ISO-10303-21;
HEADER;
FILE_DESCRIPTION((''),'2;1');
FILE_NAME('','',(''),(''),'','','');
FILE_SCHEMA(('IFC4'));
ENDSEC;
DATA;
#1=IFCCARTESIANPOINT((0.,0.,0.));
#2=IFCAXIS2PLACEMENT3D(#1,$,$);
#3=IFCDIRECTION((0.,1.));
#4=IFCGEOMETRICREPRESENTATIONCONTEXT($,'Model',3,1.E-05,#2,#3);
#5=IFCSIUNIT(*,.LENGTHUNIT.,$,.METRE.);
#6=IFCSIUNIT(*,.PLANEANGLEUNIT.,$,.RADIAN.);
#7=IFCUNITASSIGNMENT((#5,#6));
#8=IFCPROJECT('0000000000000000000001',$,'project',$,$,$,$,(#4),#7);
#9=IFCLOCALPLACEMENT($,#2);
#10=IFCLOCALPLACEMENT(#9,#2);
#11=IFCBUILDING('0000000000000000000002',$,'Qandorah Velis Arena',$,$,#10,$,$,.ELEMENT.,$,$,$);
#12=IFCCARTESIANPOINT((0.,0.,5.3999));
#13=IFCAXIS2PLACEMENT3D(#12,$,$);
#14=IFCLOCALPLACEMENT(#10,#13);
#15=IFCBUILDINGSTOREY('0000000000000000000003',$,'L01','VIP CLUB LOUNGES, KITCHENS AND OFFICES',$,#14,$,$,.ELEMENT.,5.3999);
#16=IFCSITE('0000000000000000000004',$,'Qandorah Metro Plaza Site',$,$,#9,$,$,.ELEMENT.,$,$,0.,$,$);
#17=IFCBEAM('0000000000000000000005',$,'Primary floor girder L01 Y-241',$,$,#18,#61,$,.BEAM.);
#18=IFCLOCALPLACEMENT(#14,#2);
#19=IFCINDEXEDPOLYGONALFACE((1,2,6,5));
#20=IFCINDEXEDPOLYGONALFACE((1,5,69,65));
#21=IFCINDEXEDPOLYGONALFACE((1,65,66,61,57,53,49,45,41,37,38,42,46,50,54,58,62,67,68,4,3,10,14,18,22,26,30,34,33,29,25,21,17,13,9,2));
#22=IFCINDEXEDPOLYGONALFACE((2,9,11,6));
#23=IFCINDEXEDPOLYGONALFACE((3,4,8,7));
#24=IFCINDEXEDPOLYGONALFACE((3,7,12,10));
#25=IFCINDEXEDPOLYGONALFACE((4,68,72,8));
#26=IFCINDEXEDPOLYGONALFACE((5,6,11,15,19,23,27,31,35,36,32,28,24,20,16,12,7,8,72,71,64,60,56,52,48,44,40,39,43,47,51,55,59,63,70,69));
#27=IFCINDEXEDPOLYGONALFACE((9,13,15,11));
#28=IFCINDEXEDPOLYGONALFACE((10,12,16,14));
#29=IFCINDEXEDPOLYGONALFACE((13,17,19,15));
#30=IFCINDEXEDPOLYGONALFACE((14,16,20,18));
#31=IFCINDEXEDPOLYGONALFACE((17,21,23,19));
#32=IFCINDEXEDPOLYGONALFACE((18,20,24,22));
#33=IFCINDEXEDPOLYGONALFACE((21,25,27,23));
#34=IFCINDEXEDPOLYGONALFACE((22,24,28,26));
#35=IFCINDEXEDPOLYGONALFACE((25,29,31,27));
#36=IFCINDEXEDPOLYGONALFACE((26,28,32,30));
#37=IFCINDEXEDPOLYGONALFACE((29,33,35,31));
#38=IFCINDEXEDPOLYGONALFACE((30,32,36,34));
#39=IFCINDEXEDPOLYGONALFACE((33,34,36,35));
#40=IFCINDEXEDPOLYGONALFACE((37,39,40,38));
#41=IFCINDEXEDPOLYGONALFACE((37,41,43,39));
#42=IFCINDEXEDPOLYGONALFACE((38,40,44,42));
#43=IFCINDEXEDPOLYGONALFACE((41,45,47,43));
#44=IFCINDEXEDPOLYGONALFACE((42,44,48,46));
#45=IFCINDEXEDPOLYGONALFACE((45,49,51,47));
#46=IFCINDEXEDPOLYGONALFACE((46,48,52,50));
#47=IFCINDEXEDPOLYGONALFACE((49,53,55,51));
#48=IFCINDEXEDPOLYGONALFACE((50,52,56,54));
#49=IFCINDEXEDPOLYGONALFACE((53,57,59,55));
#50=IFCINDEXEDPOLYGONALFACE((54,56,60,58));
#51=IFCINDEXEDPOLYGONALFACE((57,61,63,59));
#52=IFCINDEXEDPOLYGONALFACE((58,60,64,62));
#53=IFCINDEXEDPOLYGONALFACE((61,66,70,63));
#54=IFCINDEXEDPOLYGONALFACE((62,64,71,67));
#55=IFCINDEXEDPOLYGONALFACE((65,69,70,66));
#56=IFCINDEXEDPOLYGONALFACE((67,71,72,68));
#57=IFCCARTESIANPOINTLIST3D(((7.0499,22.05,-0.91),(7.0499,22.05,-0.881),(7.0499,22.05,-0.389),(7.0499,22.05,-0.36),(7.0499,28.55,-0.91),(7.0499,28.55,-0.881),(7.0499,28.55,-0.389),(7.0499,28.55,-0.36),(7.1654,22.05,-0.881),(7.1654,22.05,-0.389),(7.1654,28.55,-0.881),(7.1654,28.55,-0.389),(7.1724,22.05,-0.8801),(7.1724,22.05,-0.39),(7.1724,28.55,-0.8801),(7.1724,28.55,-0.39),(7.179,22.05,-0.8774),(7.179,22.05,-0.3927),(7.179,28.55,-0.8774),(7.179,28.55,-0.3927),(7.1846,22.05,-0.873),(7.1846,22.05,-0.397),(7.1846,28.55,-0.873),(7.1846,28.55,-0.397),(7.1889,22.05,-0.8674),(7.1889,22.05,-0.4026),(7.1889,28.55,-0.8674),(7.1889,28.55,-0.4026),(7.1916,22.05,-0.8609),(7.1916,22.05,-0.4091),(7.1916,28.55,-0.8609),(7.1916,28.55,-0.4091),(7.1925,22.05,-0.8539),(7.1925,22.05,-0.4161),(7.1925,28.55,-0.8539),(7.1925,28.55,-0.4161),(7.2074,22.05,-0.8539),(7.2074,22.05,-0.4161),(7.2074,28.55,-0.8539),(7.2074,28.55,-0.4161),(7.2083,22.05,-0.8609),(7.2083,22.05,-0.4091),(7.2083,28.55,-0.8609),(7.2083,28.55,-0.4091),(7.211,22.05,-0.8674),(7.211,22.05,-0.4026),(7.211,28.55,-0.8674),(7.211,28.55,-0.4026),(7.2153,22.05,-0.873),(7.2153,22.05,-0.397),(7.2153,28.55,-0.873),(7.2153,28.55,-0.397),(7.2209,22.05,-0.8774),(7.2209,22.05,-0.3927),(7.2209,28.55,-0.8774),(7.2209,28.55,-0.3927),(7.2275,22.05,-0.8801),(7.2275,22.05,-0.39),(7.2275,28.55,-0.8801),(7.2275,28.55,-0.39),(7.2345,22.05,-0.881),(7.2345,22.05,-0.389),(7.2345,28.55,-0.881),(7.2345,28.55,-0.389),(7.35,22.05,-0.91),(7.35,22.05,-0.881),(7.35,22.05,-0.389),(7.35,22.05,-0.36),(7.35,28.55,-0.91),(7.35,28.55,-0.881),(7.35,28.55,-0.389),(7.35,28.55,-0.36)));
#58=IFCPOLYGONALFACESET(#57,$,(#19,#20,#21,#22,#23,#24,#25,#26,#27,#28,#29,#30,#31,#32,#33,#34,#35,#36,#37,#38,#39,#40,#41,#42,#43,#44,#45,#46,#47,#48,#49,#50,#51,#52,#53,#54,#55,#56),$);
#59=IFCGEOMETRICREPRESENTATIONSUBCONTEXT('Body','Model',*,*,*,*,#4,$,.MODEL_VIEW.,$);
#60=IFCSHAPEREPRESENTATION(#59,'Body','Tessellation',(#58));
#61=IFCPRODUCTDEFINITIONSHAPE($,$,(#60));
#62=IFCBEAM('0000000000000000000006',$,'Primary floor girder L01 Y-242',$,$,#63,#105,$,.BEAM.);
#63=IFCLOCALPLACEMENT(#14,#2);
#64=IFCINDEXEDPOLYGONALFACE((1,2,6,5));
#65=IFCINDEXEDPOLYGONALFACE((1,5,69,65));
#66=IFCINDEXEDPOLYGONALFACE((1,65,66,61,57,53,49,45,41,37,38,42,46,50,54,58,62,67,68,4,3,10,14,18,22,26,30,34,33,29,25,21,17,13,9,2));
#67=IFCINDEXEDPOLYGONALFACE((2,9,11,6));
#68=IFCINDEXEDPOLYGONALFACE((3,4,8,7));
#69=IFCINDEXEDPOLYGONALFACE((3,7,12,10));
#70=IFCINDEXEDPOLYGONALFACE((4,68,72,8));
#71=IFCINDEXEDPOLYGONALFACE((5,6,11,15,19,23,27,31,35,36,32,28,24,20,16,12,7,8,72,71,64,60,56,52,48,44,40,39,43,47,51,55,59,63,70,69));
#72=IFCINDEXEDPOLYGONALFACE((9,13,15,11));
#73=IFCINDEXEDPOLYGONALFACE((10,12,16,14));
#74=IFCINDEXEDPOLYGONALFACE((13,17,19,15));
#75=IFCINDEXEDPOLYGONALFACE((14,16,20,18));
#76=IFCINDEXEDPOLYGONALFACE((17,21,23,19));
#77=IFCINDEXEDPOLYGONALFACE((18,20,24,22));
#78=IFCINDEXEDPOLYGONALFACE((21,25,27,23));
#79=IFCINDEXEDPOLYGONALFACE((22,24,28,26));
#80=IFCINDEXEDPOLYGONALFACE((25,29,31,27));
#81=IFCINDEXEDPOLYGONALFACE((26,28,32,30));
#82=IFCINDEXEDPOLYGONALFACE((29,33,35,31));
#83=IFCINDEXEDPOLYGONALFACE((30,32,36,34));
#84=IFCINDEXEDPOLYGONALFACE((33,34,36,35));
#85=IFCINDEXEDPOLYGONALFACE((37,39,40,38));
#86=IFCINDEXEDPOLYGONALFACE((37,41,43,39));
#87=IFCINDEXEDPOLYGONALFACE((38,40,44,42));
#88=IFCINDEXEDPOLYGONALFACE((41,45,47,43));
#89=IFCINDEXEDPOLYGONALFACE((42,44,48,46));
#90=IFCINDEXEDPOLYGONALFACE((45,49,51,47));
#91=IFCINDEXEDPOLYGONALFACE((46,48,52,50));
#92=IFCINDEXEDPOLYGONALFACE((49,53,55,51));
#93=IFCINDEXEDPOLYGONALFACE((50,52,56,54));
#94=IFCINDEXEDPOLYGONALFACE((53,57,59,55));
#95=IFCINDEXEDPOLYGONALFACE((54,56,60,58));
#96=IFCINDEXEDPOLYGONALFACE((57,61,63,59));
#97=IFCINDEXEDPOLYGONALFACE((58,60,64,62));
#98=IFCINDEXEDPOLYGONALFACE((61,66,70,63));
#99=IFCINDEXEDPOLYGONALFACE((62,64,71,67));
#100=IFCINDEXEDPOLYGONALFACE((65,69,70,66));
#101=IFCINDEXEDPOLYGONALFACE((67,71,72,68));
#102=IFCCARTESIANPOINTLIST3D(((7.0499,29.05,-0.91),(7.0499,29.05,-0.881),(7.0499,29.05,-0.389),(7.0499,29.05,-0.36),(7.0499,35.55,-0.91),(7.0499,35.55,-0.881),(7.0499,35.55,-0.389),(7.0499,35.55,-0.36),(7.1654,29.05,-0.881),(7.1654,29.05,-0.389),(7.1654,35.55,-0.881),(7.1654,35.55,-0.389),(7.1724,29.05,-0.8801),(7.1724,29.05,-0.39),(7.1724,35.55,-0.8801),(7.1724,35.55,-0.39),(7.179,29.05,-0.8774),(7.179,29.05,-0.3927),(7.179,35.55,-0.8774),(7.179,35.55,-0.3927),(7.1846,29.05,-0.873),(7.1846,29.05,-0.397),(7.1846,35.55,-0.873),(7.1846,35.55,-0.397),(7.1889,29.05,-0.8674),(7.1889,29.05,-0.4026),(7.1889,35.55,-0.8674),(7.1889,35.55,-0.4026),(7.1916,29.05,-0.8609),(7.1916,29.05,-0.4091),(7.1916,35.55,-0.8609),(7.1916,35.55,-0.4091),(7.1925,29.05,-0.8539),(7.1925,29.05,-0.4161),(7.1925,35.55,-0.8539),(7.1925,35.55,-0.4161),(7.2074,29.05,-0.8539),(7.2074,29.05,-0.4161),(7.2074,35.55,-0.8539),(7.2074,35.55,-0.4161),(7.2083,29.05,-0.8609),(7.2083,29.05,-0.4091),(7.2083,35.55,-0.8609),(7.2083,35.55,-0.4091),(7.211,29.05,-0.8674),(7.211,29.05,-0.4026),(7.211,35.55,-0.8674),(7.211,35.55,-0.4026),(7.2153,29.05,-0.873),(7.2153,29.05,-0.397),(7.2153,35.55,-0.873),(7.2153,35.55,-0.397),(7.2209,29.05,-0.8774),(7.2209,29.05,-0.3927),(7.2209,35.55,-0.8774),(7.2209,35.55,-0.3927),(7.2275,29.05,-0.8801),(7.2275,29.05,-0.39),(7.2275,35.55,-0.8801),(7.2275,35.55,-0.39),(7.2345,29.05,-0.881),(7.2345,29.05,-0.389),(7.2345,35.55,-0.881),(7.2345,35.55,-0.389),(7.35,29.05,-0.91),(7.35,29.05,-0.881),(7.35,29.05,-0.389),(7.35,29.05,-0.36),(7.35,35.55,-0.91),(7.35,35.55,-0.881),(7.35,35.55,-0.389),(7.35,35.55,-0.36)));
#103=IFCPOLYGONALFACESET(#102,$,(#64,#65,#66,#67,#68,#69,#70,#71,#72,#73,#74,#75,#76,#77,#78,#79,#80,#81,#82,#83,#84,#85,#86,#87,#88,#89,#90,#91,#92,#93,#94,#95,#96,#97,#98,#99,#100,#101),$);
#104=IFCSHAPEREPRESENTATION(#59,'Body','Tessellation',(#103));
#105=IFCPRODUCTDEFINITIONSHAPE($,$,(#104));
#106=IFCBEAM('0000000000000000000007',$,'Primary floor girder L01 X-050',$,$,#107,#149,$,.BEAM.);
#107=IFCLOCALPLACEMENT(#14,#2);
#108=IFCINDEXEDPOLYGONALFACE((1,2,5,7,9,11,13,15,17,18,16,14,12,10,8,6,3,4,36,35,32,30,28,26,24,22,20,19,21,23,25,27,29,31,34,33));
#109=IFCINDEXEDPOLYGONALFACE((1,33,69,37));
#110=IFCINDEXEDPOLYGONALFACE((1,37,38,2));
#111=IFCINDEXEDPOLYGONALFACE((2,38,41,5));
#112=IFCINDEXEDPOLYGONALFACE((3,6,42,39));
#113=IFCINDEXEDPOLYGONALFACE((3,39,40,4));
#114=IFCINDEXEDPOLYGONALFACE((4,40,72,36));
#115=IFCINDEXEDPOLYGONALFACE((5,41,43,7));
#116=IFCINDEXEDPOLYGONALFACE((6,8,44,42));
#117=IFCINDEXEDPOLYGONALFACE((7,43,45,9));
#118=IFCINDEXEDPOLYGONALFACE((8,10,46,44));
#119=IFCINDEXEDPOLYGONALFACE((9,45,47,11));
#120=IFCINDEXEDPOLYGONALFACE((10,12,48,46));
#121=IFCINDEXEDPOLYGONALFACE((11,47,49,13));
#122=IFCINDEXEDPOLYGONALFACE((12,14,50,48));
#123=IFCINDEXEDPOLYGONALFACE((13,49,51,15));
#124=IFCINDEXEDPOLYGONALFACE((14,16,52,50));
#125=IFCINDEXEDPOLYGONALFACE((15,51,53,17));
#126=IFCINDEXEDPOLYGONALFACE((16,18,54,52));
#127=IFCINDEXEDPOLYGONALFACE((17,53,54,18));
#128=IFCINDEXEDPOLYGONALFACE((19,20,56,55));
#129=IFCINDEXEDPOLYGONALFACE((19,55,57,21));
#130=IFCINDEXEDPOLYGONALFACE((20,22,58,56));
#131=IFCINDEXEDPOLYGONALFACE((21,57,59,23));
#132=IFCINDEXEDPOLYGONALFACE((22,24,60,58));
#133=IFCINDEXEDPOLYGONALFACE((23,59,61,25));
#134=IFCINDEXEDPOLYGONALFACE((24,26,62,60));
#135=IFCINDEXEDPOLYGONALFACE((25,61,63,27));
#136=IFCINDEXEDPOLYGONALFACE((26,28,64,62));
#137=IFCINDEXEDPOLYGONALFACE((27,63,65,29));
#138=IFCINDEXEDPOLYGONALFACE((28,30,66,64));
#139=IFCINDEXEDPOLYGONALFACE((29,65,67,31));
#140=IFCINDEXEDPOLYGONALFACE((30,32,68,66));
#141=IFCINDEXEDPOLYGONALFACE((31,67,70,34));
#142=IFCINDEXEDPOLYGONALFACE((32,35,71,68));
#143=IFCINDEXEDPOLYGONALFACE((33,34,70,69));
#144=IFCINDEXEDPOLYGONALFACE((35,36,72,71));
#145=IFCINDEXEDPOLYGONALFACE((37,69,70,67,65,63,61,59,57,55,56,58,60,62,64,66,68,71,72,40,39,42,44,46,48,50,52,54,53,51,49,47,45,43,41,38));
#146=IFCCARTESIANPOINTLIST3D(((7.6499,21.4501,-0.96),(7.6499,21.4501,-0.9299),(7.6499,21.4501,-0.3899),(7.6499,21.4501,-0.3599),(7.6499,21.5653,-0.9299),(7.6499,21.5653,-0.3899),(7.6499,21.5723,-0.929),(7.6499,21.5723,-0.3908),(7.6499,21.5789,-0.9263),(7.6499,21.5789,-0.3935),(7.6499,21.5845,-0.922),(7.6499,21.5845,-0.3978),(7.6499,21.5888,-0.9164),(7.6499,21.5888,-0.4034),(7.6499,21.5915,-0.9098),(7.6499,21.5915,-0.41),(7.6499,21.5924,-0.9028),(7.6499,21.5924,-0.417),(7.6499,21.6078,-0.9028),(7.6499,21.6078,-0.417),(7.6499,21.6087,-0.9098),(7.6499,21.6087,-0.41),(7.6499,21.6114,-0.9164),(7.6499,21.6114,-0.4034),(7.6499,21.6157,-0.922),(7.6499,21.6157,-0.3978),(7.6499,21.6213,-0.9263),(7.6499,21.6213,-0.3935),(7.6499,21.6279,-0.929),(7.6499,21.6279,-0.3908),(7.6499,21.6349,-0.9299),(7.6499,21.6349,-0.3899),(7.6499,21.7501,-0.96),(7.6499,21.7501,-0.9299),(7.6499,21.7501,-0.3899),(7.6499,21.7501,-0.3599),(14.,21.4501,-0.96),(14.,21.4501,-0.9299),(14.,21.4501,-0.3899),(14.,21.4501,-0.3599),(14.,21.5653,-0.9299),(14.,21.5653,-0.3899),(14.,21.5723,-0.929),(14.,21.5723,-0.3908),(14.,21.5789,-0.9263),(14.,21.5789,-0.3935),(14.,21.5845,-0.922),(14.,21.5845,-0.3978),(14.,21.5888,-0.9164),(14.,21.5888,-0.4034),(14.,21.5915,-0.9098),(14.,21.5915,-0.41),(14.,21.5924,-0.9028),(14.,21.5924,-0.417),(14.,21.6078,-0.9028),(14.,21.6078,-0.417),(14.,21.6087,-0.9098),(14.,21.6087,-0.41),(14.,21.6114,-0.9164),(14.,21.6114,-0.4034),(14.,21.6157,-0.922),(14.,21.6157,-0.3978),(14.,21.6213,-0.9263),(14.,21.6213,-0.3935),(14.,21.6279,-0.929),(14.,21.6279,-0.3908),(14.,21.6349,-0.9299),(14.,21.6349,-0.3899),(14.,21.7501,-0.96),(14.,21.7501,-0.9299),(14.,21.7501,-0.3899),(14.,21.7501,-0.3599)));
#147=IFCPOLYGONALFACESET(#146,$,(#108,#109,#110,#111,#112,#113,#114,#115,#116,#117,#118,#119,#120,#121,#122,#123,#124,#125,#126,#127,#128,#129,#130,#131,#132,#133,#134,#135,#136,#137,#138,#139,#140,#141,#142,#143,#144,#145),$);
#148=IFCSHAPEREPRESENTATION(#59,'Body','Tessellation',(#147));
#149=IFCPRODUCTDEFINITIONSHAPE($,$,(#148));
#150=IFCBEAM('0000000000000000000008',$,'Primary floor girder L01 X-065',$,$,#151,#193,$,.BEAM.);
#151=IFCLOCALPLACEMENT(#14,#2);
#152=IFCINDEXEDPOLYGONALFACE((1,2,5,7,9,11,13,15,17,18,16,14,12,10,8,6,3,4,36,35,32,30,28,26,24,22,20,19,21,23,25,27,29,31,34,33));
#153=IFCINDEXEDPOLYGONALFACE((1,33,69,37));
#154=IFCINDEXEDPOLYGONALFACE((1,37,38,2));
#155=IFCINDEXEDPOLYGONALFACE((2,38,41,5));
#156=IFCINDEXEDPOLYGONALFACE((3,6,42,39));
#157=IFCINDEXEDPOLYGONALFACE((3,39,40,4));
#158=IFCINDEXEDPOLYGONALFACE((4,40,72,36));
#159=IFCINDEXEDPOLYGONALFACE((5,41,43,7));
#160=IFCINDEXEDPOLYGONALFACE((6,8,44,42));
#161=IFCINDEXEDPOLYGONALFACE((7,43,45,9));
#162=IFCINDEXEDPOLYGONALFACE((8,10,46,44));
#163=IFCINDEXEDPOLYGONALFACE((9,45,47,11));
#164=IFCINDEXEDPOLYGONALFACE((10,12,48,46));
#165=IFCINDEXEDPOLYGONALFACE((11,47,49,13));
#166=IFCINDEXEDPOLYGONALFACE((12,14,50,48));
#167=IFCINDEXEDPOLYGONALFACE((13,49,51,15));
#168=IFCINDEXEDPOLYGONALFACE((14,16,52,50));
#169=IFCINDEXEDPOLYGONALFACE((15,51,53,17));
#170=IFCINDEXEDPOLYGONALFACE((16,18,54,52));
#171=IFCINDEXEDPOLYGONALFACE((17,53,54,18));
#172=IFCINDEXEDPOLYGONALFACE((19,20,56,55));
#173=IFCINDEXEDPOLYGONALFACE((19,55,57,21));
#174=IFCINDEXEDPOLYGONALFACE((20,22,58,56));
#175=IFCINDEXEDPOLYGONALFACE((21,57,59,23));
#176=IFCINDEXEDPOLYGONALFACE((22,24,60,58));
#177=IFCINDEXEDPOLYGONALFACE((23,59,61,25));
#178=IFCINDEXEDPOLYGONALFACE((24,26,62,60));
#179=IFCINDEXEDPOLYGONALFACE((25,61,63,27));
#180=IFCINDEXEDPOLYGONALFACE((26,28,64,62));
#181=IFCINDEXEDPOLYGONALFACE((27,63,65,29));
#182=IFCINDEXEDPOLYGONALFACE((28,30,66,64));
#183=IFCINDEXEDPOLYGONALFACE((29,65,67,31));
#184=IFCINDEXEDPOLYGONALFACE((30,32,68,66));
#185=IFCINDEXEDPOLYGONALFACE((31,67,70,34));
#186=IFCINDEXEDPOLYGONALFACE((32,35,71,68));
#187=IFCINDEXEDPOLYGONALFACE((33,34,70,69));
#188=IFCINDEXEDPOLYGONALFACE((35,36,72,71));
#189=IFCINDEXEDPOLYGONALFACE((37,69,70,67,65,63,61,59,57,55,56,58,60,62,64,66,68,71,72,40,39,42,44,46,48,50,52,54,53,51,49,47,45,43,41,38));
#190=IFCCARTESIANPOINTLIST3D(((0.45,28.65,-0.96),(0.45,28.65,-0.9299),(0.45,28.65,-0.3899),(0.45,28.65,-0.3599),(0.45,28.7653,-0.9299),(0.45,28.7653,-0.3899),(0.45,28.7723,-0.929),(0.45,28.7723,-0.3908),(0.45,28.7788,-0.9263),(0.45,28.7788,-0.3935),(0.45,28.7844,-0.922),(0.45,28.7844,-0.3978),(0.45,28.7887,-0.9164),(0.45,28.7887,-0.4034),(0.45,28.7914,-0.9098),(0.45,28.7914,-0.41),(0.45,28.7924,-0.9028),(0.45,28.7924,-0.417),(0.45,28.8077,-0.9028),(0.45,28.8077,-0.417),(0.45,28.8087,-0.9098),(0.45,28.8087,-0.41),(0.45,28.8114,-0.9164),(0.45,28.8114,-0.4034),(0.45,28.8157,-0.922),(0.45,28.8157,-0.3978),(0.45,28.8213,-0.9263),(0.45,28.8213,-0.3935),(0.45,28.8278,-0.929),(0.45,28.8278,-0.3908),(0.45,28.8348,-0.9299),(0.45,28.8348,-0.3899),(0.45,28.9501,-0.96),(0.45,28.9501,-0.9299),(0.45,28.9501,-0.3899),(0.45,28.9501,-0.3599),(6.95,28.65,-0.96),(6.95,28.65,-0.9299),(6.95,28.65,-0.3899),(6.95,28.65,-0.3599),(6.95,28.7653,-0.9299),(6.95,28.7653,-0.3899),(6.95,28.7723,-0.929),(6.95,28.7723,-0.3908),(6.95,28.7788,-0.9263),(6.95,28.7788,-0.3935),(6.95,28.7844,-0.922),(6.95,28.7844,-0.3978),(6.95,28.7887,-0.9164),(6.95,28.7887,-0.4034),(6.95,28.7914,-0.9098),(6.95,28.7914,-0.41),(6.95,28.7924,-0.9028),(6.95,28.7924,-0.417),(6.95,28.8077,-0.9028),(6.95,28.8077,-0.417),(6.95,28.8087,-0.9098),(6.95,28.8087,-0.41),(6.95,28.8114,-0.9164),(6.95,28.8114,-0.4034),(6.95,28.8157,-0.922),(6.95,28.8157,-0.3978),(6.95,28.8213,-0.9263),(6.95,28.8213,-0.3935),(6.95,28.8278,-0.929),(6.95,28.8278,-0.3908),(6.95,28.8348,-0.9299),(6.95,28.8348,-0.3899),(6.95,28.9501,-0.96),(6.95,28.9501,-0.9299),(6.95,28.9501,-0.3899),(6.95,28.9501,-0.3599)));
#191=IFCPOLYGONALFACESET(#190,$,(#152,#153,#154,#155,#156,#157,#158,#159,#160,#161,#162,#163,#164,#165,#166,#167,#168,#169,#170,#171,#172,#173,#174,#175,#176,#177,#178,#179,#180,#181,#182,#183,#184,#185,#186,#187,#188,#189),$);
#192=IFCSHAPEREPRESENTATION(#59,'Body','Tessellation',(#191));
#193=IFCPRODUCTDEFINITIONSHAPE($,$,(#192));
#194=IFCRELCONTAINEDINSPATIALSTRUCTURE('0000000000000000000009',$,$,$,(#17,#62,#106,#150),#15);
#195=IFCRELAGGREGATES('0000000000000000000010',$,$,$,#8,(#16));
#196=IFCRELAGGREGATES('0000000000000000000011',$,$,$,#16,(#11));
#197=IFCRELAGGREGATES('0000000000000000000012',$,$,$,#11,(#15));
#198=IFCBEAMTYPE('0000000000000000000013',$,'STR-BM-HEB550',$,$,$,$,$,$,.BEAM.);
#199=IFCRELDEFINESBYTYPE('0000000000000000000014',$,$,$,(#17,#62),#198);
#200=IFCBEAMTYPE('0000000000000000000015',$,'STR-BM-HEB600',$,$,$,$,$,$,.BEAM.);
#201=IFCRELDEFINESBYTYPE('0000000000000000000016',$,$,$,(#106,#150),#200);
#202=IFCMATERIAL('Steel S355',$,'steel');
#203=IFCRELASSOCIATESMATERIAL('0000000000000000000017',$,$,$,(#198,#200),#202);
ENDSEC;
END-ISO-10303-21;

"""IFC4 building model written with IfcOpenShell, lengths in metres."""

from ifc_helpers import new_model, si_unit, direction, frame, origin, origin_2d, place, context, subcontext, project, spatial, i_section, extrude, material, material_profile, profile_set, type_object, element, save


model = new_model("IFC4")

# Units and contexts
model_context = context("Model", 3, precision=1e-05, world=origin(), true_north=direction((0.0, 1.0)))
body_context = subcontext(model_context, "Body", "Model", "MODEL_VIEW")
ifc_project = project(units=[si_unit("LENGTHUNIT", "METRE"), si_unit("PLANEANGLEUNIT", "RADIAN")], contexts=[model_context])

# Site, building, storey
site_placement = place(None, origin())
site = spatial("IfcSite", under=ifc_project, at=site_placement, Name="Qandorah Metro Plaza Site", CompositionType="ELEMENT", RefElevation=0.0)
building_placement = place(site_placement, origin())
building = spatial("IfcBuilding", under=site, at=building_placement, Name="Qandorah Velis Arena", CompositionType="ELEMENT")
storey_placement = place(building_placement, frame((0.0, 0.0, 5.3999)))
storey = spatial("IfcBuildingStorey", under=building, at=storey_placement, Name="L01", Description="VIP CLUB LOUNGES, KITCHENS AND OFFICES", CompositionType="ELEMENT", Elevation=5.3999)

# Beams
ifc_material_1 = material(Name="Steel S355", Category="steel")
ifc_material_profile_1 = material_profile(ifc_material_1, i_section(OverallWidth=0.3, OverallDepth=0.55, WebThickness=0.0149, FlangeThickness=0.0291, FilletRadius=0.0271, at=origin_2d()), Name="HEB 550")
ifc_profile_set_1 = profile_set([ifc_material_profile_1], Name="Steel S355")
beam_type_1 = type_object("IfcBeamType", Name="STR-BM-HEB550", PredefinedType="BEAM", material=ifc_profile_set_1)
for number, where, z_axis, x_axis, name in (
    (1, (7.2, 22.05, -0.635), (0.0, 1.0, 0.0), (-1.0, 0.0, 0.0), "Primary floor girder L01 Y-241"),
    (2, (7.2, 29.05, -0.635), (0.0, 1.0, 0.0), (-1.0, 0.0, 0.0), "Primary floor girder L01 Y-242"),
):
    element("IfcBeam", number, at=place(storey_placement, frame(where, z_axis=z_axis, x_axis=x_axis)), inside=storey, type_object=beam_type_1, Name=name, PredefinedType="BEAM", context=body_context, shape_type="SweptSolid", body=[
        extrude(i_section(OverallWidth=0.3, OverallDepth=0.55, WebThickness=0.0149, FlangeThickness=0.0291, FilletRadius=0.0271, at=origin_2d()), origin(), (0.0, 0.0, 1.0), 6.5),
    ])
ifc_material_profile_2 = material_profile(ifc_material_1, i_section(OverallWidth=0.3, OverallDepth=0.6001, WebThickness=0.0154, FlangeThickness=0.03, FilletRadius=0.0271, at=origin_2d()), Name="HEB 600")
ifc_profile_set_2 = profile_set([ifc_material_profile_2], Name="Steel S355")
beam_type_2 = type_object("IfcBeamType", Name="STR-BM-HEB600", PredefinedType="BEAM", material=ifc_profile_set_2)
beam_1_placement = place(storey_placement, frame((7.6499, 21.6001, -0.6599), z_axis=(1.0, 0.0, 0.0), x_axis=(0.0, 1.0, 0.0)))
element("IfcBeam", 3, at=beam_1_placement, inside=storey, type_object=beam_type_2, Name="Primary floor girder L01 X-050", PredefinedType="BEAM", context=body_context, shape_type="SweptSolid", body=[
    extrude(i_section(OverallWidth=0.3, OverallDepth=0.6001, WebThickness=0.0154, FlangeThickness=0.03, FilletRadius=0.0271, at=origin_2d()), origin(), (0.0, 0.0, 1.0), 6.3501),
])
beam_2_placement = place(storey_placement, frame((0.45, 28.8, -0.6599), z_axis=(1.0, 0.0, 0.0), x_axis=(0.0, 1.0, 0.0)))
element("IfcBeam", 4, at=beam_2_placement, inside=storey, type_object=beam_type_2, Name="Primary floor girder L01 X-065", PredefinedType="BEAM", context=body_context, shape_type="SweptSolid", body=[
    extrude(i_section(OverallWidth=0.3, OverallDepth=0.6001, WebThickness=0.0154, FlangeThickness=0.03, FilletRadius=0.0271, at=origin_2d()), origin(), (0.0, 0.0, 1.0), 6.5),
])

save(model, "model.ifc")
